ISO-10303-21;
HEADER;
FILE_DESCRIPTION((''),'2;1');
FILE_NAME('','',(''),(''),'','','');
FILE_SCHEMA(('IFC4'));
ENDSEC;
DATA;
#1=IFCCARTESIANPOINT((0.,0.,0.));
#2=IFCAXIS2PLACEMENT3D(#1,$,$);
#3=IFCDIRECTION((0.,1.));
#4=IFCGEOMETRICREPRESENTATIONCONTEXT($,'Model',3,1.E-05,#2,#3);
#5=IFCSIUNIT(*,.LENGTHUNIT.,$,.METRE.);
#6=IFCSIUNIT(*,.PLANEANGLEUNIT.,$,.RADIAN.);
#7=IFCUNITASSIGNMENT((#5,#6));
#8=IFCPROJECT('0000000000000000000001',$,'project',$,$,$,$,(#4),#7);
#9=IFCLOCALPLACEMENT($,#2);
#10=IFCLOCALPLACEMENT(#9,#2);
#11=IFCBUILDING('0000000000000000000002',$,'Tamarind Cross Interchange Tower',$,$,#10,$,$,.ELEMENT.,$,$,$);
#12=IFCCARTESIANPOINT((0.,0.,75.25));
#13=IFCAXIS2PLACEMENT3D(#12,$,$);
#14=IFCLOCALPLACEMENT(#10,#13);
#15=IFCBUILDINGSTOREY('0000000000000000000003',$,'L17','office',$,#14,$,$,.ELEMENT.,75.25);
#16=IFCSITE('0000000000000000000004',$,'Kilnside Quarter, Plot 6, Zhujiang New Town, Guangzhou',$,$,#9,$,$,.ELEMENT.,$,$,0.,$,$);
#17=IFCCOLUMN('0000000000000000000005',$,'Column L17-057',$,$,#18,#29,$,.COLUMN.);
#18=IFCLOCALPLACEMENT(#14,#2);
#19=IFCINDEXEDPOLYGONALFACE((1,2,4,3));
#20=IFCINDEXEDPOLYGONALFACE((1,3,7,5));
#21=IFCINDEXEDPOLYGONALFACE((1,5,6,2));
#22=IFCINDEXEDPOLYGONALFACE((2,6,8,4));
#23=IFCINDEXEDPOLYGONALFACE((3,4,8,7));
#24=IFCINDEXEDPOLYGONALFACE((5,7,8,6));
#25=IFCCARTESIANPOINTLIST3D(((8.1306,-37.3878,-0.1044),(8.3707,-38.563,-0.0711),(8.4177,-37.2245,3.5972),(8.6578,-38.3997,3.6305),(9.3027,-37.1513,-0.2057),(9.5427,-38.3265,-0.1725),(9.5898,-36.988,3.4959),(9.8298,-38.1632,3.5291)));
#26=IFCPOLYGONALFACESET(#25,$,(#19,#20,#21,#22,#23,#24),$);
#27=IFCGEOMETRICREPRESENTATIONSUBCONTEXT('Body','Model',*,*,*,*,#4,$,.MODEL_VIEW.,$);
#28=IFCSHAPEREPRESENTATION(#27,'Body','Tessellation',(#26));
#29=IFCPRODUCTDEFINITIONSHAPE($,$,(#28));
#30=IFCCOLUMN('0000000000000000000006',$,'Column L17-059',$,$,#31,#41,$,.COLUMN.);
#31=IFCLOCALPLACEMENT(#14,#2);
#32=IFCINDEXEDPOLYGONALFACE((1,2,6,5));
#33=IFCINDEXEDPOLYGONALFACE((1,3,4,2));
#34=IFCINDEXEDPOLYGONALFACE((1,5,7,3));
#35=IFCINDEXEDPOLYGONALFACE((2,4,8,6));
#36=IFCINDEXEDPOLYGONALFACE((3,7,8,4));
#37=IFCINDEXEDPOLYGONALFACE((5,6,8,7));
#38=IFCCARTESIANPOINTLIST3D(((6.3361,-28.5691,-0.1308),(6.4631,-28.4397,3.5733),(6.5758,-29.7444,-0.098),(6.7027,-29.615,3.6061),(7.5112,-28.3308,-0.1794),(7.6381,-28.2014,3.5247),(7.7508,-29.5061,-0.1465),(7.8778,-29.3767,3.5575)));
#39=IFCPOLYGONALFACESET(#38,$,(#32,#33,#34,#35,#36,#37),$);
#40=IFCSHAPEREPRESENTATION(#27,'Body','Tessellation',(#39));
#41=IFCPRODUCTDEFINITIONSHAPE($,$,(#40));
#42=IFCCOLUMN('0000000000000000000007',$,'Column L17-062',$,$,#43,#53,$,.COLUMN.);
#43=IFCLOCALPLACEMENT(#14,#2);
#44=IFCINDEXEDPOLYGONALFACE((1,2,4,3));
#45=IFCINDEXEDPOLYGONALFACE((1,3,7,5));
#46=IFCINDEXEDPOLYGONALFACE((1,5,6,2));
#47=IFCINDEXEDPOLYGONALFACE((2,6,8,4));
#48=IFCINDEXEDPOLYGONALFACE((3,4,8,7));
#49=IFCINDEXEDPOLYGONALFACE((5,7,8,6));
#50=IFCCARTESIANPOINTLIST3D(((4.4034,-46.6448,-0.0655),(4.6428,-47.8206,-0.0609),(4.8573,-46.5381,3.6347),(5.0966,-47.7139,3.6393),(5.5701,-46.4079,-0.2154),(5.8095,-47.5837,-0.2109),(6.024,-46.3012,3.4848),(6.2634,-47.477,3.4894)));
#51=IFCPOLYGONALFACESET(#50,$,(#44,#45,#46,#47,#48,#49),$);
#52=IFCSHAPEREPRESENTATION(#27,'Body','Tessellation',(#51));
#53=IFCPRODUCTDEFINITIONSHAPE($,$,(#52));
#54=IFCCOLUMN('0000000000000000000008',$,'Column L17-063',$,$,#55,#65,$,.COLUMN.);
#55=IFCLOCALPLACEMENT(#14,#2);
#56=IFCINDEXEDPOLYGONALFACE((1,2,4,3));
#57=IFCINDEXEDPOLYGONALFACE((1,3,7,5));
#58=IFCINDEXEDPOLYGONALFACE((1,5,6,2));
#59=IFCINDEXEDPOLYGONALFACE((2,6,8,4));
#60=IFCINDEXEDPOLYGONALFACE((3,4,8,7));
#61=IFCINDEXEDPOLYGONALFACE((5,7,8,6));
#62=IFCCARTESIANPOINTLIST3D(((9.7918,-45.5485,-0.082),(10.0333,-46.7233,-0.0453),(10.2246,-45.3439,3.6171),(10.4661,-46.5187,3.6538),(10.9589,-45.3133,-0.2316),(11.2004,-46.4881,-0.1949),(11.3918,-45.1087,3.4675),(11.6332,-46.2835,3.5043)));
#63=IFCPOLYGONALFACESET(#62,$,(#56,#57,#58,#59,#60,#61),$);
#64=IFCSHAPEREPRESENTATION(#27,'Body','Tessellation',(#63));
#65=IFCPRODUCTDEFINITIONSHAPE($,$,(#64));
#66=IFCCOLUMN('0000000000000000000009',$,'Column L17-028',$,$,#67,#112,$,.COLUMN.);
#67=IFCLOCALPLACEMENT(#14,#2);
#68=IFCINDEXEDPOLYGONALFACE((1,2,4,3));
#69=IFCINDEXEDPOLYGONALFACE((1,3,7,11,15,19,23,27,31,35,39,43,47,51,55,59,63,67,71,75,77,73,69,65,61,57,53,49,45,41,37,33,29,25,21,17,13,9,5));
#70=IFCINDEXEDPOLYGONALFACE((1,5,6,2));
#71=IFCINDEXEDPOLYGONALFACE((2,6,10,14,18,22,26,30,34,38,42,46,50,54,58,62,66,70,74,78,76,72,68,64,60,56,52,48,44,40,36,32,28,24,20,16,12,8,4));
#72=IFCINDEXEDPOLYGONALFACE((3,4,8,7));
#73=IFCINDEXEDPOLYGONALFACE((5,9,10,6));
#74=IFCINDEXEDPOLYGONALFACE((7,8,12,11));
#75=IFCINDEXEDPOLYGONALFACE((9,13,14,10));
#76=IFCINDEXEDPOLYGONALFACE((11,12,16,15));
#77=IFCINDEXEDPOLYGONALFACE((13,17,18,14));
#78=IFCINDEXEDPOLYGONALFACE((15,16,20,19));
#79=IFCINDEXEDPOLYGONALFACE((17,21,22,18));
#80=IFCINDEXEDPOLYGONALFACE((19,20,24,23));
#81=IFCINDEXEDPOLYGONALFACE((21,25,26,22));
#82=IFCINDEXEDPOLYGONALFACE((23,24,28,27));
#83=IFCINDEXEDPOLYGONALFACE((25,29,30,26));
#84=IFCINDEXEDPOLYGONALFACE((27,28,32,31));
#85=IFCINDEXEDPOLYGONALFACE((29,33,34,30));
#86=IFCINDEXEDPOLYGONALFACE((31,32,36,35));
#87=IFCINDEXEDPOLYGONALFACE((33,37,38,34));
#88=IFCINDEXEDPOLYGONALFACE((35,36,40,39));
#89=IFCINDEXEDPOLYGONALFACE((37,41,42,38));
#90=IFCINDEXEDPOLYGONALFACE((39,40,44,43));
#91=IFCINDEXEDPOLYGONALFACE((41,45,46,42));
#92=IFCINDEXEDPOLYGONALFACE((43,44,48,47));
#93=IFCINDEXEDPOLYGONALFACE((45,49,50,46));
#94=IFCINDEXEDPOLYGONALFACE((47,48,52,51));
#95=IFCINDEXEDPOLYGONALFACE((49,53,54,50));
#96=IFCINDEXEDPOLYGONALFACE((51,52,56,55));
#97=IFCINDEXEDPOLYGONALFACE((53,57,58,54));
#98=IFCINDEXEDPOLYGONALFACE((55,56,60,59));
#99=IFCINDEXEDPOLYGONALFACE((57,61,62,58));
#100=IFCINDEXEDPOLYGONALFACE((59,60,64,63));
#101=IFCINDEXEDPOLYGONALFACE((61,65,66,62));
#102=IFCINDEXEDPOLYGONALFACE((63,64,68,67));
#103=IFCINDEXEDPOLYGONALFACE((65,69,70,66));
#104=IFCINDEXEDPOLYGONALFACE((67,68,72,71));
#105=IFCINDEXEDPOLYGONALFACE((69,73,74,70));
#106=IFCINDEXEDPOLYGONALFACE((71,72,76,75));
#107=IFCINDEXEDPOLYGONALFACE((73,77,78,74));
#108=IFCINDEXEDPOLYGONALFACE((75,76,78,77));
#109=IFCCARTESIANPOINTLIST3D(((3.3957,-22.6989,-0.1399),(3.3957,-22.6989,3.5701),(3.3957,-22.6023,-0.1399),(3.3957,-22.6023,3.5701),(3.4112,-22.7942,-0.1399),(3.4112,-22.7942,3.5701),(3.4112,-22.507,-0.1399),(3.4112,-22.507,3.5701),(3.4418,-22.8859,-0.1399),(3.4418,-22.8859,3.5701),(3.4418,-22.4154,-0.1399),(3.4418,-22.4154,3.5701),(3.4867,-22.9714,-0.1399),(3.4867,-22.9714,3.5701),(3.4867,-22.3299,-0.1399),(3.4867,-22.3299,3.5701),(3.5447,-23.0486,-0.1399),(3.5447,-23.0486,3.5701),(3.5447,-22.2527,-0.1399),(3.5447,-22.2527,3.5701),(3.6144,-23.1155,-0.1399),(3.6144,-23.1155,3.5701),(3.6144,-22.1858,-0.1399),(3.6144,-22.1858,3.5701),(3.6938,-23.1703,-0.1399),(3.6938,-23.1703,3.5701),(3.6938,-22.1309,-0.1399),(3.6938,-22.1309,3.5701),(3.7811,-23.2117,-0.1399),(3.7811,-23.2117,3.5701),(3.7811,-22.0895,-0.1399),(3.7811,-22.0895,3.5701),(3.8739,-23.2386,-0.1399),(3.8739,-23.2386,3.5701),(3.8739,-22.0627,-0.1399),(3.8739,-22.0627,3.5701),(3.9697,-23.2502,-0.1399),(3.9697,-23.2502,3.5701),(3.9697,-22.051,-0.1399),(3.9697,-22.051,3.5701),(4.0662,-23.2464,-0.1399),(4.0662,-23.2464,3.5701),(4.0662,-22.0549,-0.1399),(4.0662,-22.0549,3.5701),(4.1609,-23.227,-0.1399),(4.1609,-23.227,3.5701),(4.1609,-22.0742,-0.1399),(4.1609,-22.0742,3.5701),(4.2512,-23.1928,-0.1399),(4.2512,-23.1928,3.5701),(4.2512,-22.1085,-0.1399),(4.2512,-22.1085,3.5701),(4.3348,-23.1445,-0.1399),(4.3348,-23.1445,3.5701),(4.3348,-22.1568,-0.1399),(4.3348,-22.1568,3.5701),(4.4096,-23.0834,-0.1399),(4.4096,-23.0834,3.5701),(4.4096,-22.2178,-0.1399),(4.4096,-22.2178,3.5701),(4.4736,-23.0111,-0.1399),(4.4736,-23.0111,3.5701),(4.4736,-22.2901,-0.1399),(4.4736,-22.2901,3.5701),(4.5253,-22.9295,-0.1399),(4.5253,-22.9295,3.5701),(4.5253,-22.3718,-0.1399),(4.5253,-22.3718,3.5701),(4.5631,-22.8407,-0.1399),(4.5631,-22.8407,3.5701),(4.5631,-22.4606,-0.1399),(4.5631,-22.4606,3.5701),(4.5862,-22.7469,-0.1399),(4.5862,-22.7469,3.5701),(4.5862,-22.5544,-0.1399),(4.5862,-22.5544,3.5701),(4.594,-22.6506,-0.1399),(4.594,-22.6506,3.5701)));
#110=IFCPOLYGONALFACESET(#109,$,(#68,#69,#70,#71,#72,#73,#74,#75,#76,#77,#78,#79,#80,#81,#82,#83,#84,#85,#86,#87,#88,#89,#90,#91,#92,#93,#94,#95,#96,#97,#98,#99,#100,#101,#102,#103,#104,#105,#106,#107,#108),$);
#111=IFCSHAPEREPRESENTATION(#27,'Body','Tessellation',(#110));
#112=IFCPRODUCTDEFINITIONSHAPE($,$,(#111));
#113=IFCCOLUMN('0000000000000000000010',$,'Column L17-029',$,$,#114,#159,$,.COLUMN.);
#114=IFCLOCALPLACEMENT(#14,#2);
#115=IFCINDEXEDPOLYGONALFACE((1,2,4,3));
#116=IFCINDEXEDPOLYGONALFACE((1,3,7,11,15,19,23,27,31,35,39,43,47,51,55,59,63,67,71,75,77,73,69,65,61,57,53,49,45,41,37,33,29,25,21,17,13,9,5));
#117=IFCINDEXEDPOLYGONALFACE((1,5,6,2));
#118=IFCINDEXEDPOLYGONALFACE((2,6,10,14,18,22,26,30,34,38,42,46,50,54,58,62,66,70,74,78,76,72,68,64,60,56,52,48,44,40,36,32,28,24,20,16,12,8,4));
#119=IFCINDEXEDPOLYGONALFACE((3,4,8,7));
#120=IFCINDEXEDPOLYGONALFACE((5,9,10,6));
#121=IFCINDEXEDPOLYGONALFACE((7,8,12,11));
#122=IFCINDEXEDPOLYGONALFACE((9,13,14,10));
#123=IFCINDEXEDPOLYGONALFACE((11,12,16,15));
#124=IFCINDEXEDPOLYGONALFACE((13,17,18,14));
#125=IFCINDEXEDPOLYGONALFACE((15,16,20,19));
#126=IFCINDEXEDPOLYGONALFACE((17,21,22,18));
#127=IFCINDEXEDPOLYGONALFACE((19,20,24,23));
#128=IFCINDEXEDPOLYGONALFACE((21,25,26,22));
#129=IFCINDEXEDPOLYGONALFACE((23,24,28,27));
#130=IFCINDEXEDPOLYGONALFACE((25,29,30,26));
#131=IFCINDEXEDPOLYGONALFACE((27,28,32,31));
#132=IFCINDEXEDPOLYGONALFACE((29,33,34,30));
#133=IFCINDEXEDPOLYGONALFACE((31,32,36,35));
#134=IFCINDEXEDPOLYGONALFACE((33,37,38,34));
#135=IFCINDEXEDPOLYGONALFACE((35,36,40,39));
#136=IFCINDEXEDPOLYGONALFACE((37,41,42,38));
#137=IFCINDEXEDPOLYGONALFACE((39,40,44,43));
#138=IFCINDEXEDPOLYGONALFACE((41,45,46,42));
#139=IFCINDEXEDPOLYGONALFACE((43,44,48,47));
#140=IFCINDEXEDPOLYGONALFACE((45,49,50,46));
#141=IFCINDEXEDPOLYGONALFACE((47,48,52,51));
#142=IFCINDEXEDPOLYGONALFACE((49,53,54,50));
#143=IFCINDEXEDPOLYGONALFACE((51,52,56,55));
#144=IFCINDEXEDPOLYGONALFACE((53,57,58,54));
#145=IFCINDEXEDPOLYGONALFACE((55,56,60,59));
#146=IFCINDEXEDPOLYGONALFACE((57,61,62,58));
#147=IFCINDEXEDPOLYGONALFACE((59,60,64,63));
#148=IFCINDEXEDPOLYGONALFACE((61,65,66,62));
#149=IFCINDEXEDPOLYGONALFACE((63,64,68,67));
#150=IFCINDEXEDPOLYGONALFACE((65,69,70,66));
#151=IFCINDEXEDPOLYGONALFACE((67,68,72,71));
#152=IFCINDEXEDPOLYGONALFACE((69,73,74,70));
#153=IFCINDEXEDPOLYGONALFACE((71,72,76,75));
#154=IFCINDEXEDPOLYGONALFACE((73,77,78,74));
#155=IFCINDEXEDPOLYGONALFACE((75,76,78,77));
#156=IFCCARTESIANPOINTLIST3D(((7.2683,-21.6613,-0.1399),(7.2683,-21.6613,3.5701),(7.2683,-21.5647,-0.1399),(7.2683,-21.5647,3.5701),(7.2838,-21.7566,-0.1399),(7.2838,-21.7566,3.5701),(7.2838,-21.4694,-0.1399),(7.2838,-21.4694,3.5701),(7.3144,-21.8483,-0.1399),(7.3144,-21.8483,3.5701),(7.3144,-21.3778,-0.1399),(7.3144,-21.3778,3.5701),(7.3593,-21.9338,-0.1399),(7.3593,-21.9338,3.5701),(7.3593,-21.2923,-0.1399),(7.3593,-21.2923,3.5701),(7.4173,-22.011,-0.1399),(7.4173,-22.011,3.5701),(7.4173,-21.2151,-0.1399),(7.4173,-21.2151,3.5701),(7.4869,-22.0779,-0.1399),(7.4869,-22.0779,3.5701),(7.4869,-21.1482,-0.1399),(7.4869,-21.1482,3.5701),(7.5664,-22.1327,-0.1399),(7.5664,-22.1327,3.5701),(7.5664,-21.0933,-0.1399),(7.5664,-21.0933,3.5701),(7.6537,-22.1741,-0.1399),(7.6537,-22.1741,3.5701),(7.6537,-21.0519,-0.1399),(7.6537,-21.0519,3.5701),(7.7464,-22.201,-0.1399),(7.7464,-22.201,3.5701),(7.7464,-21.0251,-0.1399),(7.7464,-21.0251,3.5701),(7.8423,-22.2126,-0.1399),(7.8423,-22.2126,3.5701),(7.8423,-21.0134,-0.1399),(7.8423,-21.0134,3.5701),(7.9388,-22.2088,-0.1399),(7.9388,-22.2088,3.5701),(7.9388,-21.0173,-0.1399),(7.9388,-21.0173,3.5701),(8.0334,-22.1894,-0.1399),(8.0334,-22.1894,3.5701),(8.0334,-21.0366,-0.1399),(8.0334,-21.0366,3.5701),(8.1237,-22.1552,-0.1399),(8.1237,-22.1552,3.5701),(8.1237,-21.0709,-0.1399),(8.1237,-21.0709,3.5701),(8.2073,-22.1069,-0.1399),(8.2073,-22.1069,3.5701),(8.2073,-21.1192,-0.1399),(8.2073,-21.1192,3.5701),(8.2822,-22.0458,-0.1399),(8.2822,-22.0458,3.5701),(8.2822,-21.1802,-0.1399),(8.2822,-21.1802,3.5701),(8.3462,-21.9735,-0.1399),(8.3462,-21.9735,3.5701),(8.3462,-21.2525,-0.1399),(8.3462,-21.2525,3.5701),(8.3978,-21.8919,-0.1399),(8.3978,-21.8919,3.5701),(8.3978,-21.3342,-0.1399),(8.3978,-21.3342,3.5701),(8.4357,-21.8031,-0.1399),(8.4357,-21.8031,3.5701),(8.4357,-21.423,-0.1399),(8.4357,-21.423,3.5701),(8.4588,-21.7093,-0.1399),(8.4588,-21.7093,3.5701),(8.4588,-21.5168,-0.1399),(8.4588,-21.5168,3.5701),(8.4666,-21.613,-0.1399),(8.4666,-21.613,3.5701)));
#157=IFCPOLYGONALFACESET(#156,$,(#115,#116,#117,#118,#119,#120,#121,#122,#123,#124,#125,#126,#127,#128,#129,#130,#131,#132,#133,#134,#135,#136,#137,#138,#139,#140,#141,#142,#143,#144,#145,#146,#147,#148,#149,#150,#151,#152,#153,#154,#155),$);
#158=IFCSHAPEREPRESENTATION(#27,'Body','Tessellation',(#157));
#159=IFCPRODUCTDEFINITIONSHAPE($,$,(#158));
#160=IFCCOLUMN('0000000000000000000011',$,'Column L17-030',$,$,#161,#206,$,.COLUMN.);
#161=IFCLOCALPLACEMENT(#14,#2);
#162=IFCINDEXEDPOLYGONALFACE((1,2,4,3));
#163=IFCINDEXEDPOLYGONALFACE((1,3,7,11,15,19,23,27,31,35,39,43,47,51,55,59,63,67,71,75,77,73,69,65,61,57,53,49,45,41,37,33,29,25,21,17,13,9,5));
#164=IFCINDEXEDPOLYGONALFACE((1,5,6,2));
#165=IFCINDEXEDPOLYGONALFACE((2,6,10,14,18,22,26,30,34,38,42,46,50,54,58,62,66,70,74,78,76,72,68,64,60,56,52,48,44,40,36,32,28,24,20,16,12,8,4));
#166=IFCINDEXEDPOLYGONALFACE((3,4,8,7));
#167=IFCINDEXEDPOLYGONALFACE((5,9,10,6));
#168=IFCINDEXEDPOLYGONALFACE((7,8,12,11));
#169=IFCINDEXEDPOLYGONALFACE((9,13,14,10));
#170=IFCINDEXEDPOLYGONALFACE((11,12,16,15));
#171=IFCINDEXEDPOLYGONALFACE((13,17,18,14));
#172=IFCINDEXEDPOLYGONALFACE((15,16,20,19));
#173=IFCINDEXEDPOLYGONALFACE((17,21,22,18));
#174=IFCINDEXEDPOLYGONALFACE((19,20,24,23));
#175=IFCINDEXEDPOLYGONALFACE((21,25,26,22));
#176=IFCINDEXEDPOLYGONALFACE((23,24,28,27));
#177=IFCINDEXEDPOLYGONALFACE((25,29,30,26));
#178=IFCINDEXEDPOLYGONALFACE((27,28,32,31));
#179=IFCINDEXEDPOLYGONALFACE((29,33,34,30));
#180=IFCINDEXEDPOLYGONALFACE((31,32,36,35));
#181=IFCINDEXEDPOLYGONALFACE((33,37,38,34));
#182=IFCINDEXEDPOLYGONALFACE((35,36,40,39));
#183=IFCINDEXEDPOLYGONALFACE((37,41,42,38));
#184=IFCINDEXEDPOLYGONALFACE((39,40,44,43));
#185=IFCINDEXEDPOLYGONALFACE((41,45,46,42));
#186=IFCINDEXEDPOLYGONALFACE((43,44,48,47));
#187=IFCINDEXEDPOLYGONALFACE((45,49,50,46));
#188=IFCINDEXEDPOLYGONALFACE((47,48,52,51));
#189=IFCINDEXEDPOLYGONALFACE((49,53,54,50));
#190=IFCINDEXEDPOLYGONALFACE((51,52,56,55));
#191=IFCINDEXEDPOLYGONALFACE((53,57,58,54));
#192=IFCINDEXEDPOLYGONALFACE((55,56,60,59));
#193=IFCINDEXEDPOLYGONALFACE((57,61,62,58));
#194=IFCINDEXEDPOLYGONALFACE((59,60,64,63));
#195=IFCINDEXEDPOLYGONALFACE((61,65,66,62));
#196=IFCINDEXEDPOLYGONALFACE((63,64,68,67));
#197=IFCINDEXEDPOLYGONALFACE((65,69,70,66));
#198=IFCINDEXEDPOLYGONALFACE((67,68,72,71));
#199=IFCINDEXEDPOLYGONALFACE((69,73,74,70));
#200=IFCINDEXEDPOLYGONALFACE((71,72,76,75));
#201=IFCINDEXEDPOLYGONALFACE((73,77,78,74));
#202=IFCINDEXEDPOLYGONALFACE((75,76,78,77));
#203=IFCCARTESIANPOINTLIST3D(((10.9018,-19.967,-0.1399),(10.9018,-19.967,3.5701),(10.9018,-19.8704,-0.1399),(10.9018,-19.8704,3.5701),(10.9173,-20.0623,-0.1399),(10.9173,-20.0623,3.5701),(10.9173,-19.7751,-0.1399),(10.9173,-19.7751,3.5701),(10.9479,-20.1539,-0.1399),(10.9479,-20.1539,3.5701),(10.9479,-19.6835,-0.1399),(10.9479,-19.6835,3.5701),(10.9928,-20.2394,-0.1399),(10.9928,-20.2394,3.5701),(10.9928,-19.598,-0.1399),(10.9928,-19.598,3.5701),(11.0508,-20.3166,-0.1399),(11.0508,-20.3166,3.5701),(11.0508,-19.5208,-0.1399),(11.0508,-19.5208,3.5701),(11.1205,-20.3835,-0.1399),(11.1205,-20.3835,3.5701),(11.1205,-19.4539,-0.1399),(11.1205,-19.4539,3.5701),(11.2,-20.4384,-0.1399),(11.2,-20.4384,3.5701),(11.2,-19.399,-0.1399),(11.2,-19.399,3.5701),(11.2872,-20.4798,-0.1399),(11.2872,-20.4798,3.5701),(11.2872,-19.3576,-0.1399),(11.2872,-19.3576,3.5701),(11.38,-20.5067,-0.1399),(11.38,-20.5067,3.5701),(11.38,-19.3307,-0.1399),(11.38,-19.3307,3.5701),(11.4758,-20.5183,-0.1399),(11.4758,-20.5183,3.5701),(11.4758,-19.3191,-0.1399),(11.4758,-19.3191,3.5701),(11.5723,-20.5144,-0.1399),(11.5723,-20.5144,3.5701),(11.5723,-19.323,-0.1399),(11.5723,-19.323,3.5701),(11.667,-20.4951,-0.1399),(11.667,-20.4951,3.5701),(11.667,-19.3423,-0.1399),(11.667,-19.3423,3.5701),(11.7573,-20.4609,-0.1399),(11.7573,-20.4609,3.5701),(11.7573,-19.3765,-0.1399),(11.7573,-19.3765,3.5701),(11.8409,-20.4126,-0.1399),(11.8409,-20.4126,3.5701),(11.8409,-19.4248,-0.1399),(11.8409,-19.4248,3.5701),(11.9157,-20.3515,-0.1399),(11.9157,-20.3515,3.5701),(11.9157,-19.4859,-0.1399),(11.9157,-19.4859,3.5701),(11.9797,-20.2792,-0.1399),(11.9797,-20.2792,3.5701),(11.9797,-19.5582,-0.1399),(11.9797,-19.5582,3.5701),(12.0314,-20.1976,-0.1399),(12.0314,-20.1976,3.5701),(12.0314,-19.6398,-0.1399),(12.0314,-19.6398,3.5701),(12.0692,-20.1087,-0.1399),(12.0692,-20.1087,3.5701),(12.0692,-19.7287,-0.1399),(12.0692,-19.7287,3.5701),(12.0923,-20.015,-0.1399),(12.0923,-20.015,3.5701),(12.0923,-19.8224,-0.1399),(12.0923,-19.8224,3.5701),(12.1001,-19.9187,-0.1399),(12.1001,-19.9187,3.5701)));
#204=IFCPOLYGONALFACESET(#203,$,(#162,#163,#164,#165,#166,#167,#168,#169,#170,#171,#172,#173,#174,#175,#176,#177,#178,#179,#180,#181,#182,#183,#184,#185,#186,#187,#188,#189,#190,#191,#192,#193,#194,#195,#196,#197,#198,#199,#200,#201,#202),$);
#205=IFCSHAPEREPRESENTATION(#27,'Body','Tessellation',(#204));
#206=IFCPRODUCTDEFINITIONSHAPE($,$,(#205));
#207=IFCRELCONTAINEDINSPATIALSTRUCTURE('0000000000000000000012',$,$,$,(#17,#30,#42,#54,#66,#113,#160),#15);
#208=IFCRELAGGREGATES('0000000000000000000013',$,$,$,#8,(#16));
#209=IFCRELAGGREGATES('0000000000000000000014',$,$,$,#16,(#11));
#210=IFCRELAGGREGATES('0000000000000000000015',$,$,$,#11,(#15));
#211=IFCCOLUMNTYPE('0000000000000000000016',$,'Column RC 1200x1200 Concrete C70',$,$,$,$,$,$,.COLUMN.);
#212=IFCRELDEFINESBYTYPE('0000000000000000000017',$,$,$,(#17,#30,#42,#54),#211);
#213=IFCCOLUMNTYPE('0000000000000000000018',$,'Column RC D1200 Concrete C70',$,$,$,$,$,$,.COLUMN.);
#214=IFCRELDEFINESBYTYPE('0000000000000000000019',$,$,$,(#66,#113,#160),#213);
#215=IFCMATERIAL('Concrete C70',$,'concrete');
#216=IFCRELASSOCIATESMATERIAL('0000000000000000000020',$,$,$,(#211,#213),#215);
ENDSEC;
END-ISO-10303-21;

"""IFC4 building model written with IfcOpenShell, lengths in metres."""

from ifc_helpers import new_model, si_unit, direction, frame, origin, origin_2d, place, context, subcontext, project, spatial, rectangle, circle, extrude, material, material_profile, profile_set, type_object, element, save


model = new_model("IFC4")

# Units and contexts
model_context = context("Model", 3, precision=1e-05, world=origin(), true_north=direction((0.0, 1.0)))
body_context = subcontext(model_context, "Body", "Model", "MODEL_VIEW")
ifc_project = project(units=[si_unit("LENGTHUNIT", "METRE"), si_unit("PLANEANGLEUNIT", "RADIAN")], contexts=[model_context])

# Site, building, storey
site_placement = place(None, origin())
site = spatial("IfcSite", under=ifc_project, at=site_placement, Name="Kilnside Quarter, Plot 6, Zhujiang New Town, Guangzhou", CompositionType="ELEMENT", RefElevation=0.0)
building_placement = place(site_placement, origin())
building = spatial("IfcBuilding", under=site, at=building_placement, Name="Tamarind Cross Interchange Tower", CompositionType="ELEMENT")
storey_placement = place(building_placement, frame((0.0, 0.0, 75.25)))
storey = spatial("IfcBuildingStorey", under=building, at=storey_placement, Name="L17", Description="office", CompositionType="ELEMENT", Elevation=75.25)

# Columns
ifc_material_1 = material(Name="Concrete C70", Category="concrete")
ifc_material_profile_1 = material_profile(ifc_material_1, rectangle(XDim=1.2, YDim=1.2, at=origin_2d()), Name="RC 1200x1200")
ifc_profile_set_1 = profile_set([ifc_material_profile_1], Name="Concrete C70")
column_type_1 = type_object("IfcColumnType", Name="Column RC 1200x1200 Concrete C70", PredefinedType="COLUMN", material=ifc_profile_set_1)
column_1_placement = place(storey_placement, frame((8.8367, -37.8572, -0.1384), z_axis=(0.077255, 0.043949, 0.996042), x_axis=(-0.97674, -0.197093, 0.084455)))
element("IfcColumn", 1, at=column_1_placement, inside=storey, type_object=column_type_1, Name="Column L17-057", PredefinedType="COLUMN", context=body_context, shape_type="SweptSolid", body=[
    extrude(rectangle(XDim=1.2, YDim=1.2, at=origin_2d()), origin(), (0.0, 0.0, 1.0), 3.7163),
])
column_2_placement = place(storey_placement, frame((7.0435, -29.0376, -0.1387), z_axis=(0.034233, 0.034891, 0.998805), x_axis=(-0.979256, -0.198538, 0.040498)))
element("IfcColumn", 2, at=column_2_placement, inside=storey, type_object=column_type_1, Name="Column L17-059", PredefinedType="COLUMN", context=body_context, shape_type="SweptSolid", body=[
    extrude(rectangle(XDim=1.2, YDim=1.2, at=origin_2d()), origin(), (0.0, 0.0, 1.0), 3.7085),
])
column_3_placement = place(storey_placement, frame((5.1064, -47.1143, -0.1382), z_axis=(0.121695, 0.028607, 0.992155), x_axis=(-0.972318, -0.197441, 0.124955)))
element("IfcColumn", 3, at=column_3_placement, inside=storey, type_object=column_type_1, Name="Column L17-062", PredefinedType="COLUMN", context=body_context, shape_type="SweptSolid", body=[
    extrude(rectangle(XDim=1.2, YDim=1.2, at=origin_2d()), origin(), (0.0, 0.0, 1.0), 3.7295),
])
column_4_placement = place(storey_placement, frame((10.4961, -46.0183, -0.1384), z_axis=(0.116046, 0.054849, 0.991728), x_axis=(-0.972644, -0.196022, 0.124654)))
element("IfcColumn", 4, at=column_4_placement, inside=storey, type_object=column_type_1, Name="Column L17-063", PredefinedType="COLUMN", context=body_context, shape_type="SweptSolid", body=[
    extrude(rectangle(XDim=1.2, YDim=1.2, at=origin_2d()), origin(), (0.0, 0.0, 1.0), 3.73),
])
ifc_material_profile_2 = material_profile(ifc_material_1, circle(Radius=0.6001, at=origin_2d()), Name="RC D1200")
ifc_profile_set_2 = profile_set([ifc_material_profile_2], Name="Concrete C70")
column_type_2 = type_object("IfcColumnType", Name="Column RC D1200 Concrete C70", PredefinedType="COLUMN", material=ifc_profile_set_2)
for number, where, z_axis, x_axis, name in (
    (5, (3.9939, -22.6506, -0.1399), (0.0, 0.0, 1.0), (1.0, 0.0, 0.0), "Column L17-028"),
    (6, (7.8665, -21.613, -0.1399), (0.0, 0.0, 1.0), (1.0, 0.0, 0.0), "Column L17-029"),
    (7, (11.5, -19.9187, -0.1399), (0.0, 0.0, 1.0), (1.0, 0.0, 0.0), "Column L17-030"),
):
    element("IfcColumn", number, at=place(storey_placement, frame(where, z_axis=z_axis, x_axis=x_axis)), inside=storey, type_object=column_type_2, Name=name, PredefinedType="COLUMN", context=body_context, shape_type="SweptSolid", body=[
        extrude(circle(Radius=0.6001, at=origin_2d()), origin(), (0.0, 0.0, 1.0), 3.71),
    ])

save(model, "model.ifc")
